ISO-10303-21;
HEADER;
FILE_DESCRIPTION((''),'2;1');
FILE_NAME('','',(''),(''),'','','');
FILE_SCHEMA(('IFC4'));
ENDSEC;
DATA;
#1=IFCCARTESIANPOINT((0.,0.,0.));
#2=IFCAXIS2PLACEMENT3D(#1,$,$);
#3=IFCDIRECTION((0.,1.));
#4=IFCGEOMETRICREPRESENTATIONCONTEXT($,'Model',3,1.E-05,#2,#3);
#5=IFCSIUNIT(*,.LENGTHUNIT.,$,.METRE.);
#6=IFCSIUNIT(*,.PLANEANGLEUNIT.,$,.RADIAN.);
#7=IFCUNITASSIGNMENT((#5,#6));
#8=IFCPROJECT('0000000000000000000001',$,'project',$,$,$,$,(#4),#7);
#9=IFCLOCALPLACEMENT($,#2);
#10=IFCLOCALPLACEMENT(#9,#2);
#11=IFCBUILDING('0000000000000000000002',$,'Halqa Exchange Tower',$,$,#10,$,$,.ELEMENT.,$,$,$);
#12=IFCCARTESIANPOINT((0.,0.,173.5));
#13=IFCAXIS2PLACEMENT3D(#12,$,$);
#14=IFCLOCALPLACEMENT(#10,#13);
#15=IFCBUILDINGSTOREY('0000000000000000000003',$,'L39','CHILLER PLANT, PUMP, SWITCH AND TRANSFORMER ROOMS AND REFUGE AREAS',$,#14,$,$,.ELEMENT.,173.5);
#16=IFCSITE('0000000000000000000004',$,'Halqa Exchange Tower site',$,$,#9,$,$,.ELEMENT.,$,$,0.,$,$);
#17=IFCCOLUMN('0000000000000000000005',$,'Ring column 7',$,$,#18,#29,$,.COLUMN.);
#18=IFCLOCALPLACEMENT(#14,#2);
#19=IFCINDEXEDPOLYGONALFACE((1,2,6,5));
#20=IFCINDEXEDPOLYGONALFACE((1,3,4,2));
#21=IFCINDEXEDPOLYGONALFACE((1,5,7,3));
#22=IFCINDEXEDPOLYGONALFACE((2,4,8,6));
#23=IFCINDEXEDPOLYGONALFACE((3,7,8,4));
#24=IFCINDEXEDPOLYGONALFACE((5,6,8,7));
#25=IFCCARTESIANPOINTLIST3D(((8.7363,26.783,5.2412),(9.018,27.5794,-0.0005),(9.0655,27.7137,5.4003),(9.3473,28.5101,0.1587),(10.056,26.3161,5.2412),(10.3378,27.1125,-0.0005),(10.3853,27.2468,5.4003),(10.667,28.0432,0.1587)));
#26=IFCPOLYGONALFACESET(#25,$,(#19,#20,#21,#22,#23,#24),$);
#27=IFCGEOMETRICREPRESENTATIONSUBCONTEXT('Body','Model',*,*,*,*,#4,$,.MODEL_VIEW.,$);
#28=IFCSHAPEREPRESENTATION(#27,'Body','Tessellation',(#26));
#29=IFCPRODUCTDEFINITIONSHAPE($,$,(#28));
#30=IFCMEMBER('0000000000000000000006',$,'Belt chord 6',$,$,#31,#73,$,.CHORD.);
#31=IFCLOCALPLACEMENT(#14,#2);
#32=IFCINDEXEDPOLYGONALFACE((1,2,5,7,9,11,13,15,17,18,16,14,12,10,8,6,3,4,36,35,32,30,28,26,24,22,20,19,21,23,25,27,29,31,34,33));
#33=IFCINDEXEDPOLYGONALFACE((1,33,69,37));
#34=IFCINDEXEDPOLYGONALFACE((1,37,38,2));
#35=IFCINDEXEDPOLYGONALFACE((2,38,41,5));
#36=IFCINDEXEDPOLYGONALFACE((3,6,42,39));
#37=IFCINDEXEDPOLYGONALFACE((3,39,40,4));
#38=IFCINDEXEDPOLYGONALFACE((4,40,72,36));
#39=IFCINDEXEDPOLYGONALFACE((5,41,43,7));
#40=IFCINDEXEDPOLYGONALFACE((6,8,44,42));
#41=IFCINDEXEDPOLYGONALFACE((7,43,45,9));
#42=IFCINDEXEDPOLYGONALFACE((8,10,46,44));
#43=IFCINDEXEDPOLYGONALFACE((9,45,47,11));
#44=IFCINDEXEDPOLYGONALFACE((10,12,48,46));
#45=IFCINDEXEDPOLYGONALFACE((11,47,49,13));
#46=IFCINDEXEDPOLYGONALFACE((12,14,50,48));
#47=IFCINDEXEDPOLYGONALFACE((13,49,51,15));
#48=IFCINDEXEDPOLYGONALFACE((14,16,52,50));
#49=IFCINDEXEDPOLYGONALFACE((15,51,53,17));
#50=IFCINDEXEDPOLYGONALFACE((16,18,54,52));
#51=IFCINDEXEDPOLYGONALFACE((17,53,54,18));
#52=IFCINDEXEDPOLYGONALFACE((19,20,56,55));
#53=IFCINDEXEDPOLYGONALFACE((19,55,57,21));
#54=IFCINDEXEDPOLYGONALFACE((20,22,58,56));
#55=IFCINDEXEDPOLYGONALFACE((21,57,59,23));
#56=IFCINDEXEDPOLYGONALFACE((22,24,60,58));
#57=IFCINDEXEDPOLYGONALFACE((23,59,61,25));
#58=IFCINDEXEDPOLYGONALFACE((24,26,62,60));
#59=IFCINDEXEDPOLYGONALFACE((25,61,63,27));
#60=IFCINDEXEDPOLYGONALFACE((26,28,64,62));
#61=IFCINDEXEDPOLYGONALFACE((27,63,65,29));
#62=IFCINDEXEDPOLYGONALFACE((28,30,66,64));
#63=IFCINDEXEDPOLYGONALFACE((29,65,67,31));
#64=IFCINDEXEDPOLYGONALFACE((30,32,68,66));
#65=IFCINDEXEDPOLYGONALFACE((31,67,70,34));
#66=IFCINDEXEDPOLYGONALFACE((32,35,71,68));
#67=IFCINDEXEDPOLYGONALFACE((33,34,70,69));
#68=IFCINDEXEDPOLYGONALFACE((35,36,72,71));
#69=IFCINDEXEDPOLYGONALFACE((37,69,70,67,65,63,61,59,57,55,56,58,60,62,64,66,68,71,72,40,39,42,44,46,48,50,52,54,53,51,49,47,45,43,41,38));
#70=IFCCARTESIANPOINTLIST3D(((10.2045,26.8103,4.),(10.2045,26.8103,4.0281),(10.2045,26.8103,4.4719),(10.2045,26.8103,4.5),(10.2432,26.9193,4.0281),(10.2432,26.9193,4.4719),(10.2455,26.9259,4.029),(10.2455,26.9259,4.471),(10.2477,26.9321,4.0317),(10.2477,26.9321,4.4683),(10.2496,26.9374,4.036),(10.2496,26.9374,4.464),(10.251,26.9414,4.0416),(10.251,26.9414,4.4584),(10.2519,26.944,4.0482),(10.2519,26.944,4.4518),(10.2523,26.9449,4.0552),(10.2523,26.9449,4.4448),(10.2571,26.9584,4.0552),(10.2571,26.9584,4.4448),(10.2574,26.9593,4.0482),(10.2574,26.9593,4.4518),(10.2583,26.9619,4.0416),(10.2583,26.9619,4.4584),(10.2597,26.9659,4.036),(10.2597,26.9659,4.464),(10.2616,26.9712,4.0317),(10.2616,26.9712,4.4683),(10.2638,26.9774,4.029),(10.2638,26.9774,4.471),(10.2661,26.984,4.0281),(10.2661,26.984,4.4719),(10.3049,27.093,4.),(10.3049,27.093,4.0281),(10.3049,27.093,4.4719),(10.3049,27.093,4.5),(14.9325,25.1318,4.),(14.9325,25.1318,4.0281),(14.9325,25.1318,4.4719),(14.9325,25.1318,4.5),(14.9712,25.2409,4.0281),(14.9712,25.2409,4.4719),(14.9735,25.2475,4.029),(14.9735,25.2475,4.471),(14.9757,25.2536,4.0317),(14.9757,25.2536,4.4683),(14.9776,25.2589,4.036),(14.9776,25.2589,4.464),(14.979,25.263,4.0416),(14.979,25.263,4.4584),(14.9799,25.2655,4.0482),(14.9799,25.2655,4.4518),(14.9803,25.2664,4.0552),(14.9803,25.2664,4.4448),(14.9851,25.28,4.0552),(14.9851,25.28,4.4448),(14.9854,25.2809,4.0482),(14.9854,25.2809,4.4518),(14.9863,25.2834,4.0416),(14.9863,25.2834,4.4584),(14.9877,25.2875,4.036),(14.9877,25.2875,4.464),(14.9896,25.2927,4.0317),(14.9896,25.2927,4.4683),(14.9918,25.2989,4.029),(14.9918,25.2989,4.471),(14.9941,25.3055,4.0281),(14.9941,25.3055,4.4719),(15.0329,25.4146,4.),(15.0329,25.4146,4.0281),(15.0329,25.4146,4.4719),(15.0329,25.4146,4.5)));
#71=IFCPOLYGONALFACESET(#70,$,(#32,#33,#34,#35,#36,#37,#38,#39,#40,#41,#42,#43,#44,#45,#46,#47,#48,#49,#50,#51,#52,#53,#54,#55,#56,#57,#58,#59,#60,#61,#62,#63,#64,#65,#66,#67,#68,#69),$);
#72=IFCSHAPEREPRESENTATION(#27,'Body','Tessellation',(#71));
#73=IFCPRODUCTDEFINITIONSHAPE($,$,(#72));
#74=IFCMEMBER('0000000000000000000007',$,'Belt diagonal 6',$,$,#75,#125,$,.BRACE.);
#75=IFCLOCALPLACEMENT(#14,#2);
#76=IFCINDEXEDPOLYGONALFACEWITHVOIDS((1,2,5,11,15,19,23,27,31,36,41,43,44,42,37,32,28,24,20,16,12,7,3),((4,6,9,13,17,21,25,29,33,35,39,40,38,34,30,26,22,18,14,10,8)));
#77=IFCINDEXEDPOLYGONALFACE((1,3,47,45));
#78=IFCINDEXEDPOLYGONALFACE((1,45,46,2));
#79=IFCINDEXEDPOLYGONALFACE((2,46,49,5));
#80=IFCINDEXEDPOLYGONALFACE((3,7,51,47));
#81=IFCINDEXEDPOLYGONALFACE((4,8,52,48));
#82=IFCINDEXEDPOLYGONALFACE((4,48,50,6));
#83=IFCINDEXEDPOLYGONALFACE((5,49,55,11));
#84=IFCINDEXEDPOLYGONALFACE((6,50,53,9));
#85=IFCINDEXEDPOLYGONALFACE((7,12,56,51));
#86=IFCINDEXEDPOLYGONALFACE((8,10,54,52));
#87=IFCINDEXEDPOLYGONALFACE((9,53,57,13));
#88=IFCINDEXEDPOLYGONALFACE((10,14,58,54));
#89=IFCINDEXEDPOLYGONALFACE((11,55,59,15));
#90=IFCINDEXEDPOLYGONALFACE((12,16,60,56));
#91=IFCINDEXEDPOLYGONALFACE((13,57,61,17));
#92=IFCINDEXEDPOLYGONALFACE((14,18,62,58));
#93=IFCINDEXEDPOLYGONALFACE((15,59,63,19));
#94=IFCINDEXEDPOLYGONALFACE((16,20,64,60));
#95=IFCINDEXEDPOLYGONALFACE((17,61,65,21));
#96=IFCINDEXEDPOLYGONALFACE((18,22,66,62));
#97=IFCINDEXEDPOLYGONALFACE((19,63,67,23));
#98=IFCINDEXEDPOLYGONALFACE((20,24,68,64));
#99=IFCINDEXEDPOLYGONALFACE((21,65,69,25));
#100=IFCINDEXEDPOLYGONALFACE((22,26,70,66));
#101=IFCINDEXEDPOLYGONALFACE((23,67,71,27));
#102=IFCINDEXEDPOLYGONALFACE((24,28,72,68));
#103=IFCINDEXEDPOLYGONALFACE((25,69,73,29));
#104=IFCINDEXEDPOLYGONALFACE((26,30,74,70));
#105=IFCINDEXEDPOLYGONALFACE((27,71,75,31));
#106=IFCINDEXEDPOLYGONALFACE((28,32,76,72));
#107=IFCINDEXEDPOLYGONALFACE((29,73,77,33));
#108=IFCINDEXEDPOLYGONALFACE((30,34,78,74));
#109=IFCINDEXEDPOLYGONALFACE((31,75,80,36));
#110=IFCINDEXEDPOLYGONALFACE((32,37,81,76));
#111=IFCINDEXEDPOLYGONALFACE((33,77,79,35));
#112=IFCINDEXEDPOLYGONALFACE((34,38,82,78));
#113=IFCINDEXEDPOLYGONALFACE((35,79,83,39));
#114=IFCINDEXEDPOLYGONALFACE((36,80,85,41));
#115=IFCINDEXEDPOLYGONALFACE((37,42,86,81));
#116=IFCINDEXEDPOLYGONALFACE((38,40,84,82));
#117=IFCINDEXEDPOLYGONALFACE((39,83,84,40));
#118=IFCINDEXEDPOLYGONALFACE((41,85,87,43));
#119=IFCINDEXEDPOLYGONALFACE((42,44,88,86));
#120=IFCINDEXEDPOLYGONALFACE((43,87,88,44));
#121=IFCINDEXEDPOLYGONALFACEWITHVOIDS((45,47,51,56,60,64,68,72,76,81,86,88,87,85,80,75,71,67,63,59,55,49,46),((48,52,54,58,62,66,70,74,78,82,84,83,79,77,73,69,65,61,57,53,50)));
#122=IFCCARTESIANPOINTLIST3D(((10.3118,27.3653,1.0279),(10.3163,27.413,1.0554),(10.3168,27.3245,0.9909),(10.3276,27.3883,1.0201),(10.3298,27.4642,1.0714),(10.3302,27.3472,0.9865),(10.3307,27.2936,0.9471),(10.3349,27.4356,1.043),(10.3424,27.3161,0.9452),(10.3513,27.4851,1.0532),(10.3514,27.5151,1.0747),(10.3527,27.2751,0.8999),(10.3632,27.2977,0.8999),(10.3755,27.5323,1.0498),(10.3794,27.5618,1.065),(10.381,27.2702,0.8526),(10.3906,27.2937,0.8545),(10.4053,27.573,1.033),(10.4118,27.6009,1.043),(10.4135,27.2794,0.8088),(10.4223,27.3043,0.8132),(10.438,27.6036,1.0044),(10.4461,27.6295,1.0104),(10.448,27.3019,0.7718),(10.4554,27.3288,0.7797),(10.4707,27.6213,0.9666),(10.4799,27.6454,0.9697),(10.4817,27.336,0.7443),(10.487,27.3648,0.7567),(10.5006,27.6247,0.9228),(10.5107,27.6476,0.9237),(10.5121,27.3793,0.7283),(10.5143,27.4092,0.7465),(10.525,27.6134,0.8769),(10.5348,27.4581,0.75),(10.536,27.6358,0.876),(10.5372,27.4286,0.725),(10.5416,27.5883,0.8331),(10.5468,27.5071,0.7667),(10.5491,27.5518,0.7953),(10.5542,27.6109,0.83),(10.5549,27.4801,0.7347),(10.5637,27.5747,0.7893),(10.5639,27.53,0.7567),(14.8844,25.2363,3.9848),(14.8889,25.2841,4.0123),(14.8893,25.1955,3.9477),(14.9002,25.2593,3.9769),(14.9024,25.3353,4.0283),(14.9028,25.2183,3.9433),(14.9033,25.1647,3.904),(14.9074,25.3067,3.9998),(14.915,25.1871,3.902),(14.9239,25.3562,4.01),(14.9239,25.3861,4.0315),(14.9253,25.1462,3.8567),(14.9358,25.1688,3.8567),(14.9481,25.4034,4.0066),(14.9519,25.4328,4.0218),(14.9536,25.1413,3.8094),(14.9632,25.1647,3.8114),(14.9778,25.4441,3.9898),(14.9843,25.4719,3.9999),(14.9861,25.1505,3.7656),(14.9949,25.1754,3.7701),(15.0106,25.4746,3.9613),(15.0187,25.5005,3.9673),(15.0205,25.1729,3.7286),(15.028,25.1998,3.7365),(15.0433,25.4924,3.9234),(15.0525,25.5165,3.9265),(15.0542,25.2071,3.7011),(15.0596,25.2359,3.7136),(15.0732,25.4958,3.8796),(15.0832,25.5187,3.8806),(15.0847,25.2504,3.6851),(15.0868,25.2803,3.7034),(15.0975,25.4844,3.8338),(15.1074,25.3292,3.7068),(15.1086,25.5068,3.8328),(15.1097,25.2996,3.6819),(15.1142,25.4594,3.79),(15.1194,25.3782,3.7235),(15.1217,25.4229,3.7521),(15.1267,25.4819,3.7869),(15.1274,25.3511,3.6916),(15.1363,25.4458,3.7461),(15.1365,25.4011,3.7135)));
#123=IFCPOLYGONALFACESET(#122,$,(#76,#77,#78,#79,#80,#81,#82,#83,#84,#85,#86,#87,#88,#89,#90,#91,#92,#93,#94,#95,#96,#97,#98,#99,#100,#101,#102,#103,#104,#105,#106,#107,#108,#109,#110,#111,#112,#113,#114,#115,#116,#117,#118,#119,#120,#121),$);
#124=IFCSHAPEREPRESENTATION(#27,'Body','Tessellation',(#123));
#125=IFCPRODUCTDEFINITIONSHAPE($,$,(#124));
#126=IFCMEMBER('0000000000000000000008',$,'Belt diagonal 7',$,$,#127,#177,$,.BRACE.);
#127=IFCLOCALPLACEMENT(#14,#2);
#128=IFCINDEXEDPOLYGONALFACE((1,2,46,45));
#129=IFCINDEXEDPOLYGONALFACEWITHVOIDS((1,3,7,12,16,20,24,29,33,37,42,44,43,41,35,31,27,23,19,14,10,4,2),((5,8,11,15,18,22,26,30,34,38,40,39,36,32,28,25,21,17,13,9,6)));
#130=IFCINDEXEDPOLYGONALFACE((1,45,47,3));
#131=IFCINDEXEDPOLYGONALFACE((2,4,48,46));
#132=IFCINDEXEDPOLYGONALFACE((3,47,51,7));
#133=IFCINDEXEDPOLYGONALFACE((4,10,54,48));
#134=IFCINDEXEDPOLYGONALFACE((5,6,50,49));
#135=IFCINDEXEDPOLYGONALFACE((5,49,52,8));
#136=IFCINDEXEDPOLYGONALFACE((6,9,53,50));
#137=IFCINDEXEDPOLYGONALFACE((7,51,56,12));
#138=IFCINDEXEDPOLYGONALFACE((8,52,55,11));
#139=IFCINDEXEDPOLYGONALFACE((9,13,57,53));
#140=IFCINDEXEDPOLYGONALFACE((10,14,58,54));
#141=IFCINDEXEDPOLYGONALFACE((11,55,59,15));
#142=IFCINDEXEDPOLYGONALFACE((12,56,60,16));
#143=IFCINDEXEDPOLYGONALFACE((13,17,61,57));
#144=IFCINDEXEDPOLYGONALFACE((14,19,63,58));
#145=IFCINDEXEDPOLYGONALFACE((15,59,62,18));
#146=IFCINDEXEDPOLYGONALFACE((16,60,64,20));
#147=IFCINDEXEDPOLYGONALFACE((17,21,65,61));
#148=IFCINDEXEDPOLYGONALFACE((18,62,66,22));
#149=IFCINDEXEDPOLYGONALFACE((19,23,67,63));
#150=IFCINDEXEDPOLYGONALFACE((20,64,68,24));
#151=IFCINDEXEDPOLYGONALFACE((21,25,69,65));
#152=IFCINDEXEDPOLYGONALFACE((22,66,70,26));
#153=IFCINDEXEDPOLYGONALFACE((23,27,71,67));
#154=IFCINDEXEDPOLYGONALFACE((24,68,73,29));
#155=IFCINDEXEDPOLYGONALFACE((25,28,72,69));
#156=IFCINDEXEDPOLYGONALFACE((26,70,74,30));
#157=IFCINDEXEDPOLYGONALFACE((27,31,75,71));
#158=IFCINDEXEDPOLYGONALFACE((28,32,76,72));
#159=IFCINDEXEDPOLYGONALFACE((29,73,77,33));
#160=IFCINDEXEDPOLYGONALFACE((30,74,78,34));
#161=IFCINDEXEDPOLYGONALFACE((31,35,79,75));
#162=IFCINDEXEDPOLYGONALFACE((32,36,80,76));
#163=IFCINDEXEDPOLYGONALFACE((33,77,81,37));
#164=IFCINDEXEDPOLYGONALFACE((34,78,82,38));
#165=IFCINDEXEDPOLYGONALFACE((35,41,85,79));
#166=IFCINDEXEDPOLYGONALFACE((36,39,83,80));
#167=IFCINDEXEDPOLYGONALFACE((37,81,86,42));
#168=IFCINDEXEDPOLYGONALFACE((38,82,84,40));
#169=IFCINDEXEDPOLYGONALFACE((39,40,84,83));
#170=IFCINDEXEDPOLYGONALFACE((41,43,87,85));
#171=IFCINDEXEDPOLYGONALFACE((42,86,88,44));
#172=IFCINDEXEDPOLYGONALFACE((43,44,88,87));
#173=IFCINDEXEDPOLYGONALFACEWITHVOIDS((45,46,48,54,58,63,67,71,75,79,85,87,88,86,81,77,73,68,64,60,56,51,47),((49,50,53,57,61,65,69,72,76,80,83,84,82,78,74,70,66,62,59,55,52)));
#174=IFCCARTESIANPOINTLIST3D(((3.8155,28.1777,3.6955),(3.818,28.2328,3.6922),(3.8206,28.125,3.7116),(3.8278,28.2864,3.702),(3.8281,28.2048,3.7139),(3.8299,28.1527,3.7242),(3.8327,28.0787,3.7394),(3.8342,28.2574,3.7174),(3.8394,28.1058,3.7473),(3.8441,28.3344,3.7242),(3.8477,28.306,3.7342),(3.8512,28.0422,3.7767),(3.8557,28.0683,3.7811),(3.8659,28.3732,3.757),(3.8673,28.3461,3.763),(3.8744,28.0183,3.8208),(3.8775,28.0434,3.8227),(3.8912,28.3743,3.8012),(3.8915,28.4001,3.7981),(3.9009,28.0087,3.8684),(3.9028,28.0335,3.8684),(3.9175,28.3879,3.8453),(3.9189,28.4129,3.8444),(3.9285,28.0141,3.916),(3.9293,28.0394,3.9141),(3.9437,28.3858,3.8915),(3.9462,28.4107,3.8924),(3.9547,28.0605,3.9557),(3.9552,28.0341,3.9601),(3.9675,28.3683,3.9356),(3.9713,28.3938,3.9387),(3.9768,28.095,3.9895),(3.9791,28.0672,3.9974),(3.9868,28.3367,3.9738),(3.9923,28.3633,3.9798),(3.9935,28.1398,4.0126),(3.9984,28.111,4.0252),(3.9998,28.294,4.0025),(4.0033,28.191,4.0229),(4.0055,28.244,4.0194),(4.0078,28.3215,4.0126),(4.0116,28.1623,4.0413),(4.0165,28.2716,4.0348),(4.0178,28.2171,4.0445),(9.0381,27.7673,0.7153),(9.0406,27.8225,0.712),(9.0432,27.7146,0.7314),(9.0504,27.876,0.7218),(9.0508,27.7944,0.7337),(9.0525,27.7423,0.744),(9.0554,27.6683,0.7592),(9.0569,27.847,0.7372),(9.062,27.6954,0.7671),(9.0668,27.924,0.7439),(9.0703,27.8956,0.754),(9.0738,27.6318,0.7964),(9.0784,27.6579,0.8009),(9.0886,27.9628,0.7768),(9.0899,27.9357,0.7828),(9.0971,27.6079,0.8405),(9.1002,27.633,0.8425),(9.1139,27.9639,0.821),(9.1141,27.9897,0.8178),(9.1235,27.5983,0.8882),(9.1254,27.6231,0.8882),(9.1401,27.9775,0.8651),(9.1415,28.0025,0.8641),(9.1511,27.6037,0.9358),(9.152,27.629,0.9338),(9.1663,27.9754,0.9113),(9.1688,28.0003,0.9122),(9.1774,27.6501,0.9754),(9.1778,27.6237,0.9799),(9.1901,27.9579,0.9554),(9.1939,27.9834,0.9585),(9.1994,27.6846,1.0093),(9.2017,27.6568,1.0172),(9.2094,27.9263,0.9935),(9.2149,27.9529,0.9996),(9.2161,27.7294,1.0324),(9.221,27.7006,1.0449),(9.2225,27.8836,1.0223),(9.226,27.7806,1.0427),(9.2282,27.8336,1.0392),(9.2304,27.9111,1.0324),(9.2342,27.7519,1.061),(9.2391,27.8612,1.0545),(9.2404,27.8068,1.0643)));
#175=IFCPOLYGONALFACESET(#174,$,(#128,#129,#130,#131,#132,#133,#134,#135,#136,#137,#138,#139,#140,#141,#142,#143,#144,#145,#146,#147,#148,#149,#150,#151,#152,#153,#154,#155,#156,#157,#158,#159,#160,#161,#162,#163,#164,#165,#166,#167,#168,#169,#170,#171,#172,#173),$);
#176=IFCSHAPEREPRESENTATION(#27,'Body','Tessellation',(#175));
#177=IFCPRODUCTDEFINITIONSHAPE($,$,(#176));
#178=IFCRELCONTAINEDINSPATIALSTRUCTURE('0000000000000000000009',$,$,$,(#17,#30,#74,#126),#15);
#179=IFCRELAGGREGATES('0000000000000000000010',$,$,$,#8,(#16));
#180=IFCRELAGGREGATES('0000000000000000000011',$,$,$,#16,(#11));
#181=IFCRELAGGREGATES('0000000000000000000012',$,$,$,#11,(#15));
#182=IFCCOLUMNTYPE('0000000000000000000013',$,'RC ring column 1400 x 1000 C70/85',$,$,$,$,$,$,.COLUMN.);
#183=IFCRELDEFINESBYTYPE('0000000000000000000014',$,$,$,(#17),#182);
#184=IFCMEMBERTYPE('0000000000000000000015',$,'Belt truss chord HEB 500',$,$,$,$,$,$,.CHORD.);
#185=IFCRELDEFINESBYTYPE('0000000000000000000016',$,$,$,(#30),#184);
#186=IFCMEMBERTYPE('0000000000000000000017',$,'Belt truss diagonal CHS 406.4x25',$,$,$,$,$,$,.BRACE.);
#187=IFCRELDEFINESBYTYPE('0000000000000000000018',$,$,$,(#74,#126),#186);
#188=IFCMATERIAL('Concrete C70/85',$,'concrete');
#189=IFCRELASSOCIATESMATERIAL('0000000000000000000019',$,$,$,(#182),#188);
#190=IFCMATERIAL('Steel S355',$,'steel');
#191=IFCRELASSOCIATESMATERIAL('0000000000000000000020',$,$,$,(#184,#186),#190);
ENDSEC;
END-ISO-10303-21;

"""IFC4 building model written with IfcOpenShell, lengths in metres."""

from ifc_helpers import new_model, si_unit, direction, frame, origin, origin_2d, place, context, subcontext, project, spatial, rectangle, hollow_circle, i_section, extrude, material, material_profile, profile_set, type_object, element, save


model = new_model("IFC4")

# Units and contexts
model_context = context("Model", 3, precision=1e-05, world=origin(), true_north=direction((0.0, 1.0)))
body_context = subcontext(model_context, "Body", "Model", "MODEL_VIEW")
ifc_project = project(units=[si_unit("LENGTHUNIT", "METRE"), si_unit("PLANEANGLEUNIT", "RADIAN")], contexts=[model_context])

# Site, building, storey
site_placement = place(None, origin())
site = spatial("IfcSite", under=ifc_project, at=site_placement, Name="Halqa Exchange Tower site", CompositionType="ELEMENT", RefElevation=0.0)
building_placement = place(site_placement, origin())
building = spatial("IfcBuilding", under=site, at=building_placement, Name="Halqa Exchange Tower", CompositionType="ELEMENT")
storey_placement = place(building_placement, frame((0.0, 0.0, 173.5)))
storey = spatial("IfcBuildingStorey", under=building, at=storey_placement, Name="L39", Description="CHILLER PLANT, PUMP, SWITCH AND TRANSFORMER ROOMS AND REFUGE AREAS", CompositionType="ELEMENT", Elevation=173.5)

# Column
ifc_material_1 = material(Name="Concrete C70/85", Category="concrete")
ifc_material_profile_1 = material_profile(ifc_material_1, rectangle(XDim=1.3999, YDim=1.0, at=origin_2d()), Name="1400 x 1000")
ifc_profile_set_1 = profile_set([ifc_material_profile_1], Name="Concrete C70/85")
column_type = type_object("IfcColumnType", Name="RC ring column 1400 x 1000 C70/85", PredefinedType="COLUMN", material=ifc_profile_set_1)
column_placement = place(storey_placement, frame((9.8425, 27.8113, 0.0791), z_axis=(-0.053065, -0.149998, 0.987261), x_axis=(0.942745, -0.333515, 0.0)))
element("IfcColumn", 1, at=column_placement, inside=storey, type_object=column_type, Name="Ring column 7", PredefinedType="COLUMN", context=body_context, shape_type="SweptSolid", body=[
    extrude(rectangle(XDim=1.3999, YDim=1.0, at=origin_2d()), origin(), (0.0, 0.0, 1.0), 5.3093),
])

# Members
ifc_material_2 = material(Name="Steel S355", Category="steel")
ifc_material_profile_2 = material_profile(ifc_material_2, i_section(OverallWidth=0.3, OverallDepth=0.5, WebThickness=0.0144, FlangeThickness=0.0281, FilletRadius=0.0271, at=origin_2d()), Name="HEB 500")
ifc_profile_set_2 = profile_set([ifc_material_profile_2], Name="Steel S355")
member_type_1 = type_object("IfcMemberType", Name="Belt truss chord HEB 500", PredefinedType="CHORD", material=ifc_profile_set_2)
member_1_placement = place(storey_placement, frame((14.9827, 25.2732, 4.25), z_axis=(-0.942379, 0.334548, 0.0), x_axis=(-0.334548, -0.942379, 0.0)))
element("IfcMember", 2, at=member_1_placement, inside=storey, type_object=member_type_1, Name="Belt chord 6", PredefinedType="CHORD", context=body_context, shape_type="SweptSolid", body=[
    extrude(i_section(OverallWidth=0.3, OverallDepth=0.5, WebThickness=0.0144, FlangeThickness=0.0281, FilletRadius=0.0271, at=origin_2d()), origin(), (0.0, 0.0, 1.0), 5.0171),
])
ifc_material_profile_3 = material_profile(ifc_material_2, hollow_circle(Radius=0.2031, WallThickness=0.0249, at=origin_2d()), Name="CHS 406.4x25")
ifc_profile_set_3 = profile_set([ifc_material_profile_3], Name="Steel S355")
member_type_2 = type_object("IfcMemberType", Name="Belt truss diagonal CHS 406.4x25", PredefinedType="BRACE", material=ifc_profile_set_3)
member_2_placement = place(storey_placement, frame((15.011, 25.3303, 3.8567), z_axis=(-0.782081, 0.364128, -0.505728), x_axis=(-0.422082, -0.906557, 0.0)))
element("IfcMember", 3, at=member_2_placement, inside=storey, type_object=member_type_2, Name="Belt diagonal 6", PredefinedType="BRACE", context=body_context, shape_type="SweptSolid", body=[
    extrude(hollow_circle(Radius=0.2031, WallThickness=0.0249, at=origin_2d()), origin(), (0.0, 0.0, 1.0), 5.8467),
])
member_3_placement = place(storey_placement, frame((9.1394, 27.8008, 0.8882), z_axis=(-0.866524, 0.068092, 0.494468), x_axis=(-0.078339, -0.996927, 0.0)))
element("IfcMember", 4, at=member_3_placement, inside=storey, type_object=member_type_2, Name="Belt diagonal 7", PredefinedType="BRACE", context=body_context, shape_type="SweptSolid", body=[
    extrude(hollow_circle(Radius=0.2031, WallThickness=0.0249, at=origin_2d()), origin(), (0.0, 0.0, 1.0), 6.0271),
])

save(model, "model.ifc")
